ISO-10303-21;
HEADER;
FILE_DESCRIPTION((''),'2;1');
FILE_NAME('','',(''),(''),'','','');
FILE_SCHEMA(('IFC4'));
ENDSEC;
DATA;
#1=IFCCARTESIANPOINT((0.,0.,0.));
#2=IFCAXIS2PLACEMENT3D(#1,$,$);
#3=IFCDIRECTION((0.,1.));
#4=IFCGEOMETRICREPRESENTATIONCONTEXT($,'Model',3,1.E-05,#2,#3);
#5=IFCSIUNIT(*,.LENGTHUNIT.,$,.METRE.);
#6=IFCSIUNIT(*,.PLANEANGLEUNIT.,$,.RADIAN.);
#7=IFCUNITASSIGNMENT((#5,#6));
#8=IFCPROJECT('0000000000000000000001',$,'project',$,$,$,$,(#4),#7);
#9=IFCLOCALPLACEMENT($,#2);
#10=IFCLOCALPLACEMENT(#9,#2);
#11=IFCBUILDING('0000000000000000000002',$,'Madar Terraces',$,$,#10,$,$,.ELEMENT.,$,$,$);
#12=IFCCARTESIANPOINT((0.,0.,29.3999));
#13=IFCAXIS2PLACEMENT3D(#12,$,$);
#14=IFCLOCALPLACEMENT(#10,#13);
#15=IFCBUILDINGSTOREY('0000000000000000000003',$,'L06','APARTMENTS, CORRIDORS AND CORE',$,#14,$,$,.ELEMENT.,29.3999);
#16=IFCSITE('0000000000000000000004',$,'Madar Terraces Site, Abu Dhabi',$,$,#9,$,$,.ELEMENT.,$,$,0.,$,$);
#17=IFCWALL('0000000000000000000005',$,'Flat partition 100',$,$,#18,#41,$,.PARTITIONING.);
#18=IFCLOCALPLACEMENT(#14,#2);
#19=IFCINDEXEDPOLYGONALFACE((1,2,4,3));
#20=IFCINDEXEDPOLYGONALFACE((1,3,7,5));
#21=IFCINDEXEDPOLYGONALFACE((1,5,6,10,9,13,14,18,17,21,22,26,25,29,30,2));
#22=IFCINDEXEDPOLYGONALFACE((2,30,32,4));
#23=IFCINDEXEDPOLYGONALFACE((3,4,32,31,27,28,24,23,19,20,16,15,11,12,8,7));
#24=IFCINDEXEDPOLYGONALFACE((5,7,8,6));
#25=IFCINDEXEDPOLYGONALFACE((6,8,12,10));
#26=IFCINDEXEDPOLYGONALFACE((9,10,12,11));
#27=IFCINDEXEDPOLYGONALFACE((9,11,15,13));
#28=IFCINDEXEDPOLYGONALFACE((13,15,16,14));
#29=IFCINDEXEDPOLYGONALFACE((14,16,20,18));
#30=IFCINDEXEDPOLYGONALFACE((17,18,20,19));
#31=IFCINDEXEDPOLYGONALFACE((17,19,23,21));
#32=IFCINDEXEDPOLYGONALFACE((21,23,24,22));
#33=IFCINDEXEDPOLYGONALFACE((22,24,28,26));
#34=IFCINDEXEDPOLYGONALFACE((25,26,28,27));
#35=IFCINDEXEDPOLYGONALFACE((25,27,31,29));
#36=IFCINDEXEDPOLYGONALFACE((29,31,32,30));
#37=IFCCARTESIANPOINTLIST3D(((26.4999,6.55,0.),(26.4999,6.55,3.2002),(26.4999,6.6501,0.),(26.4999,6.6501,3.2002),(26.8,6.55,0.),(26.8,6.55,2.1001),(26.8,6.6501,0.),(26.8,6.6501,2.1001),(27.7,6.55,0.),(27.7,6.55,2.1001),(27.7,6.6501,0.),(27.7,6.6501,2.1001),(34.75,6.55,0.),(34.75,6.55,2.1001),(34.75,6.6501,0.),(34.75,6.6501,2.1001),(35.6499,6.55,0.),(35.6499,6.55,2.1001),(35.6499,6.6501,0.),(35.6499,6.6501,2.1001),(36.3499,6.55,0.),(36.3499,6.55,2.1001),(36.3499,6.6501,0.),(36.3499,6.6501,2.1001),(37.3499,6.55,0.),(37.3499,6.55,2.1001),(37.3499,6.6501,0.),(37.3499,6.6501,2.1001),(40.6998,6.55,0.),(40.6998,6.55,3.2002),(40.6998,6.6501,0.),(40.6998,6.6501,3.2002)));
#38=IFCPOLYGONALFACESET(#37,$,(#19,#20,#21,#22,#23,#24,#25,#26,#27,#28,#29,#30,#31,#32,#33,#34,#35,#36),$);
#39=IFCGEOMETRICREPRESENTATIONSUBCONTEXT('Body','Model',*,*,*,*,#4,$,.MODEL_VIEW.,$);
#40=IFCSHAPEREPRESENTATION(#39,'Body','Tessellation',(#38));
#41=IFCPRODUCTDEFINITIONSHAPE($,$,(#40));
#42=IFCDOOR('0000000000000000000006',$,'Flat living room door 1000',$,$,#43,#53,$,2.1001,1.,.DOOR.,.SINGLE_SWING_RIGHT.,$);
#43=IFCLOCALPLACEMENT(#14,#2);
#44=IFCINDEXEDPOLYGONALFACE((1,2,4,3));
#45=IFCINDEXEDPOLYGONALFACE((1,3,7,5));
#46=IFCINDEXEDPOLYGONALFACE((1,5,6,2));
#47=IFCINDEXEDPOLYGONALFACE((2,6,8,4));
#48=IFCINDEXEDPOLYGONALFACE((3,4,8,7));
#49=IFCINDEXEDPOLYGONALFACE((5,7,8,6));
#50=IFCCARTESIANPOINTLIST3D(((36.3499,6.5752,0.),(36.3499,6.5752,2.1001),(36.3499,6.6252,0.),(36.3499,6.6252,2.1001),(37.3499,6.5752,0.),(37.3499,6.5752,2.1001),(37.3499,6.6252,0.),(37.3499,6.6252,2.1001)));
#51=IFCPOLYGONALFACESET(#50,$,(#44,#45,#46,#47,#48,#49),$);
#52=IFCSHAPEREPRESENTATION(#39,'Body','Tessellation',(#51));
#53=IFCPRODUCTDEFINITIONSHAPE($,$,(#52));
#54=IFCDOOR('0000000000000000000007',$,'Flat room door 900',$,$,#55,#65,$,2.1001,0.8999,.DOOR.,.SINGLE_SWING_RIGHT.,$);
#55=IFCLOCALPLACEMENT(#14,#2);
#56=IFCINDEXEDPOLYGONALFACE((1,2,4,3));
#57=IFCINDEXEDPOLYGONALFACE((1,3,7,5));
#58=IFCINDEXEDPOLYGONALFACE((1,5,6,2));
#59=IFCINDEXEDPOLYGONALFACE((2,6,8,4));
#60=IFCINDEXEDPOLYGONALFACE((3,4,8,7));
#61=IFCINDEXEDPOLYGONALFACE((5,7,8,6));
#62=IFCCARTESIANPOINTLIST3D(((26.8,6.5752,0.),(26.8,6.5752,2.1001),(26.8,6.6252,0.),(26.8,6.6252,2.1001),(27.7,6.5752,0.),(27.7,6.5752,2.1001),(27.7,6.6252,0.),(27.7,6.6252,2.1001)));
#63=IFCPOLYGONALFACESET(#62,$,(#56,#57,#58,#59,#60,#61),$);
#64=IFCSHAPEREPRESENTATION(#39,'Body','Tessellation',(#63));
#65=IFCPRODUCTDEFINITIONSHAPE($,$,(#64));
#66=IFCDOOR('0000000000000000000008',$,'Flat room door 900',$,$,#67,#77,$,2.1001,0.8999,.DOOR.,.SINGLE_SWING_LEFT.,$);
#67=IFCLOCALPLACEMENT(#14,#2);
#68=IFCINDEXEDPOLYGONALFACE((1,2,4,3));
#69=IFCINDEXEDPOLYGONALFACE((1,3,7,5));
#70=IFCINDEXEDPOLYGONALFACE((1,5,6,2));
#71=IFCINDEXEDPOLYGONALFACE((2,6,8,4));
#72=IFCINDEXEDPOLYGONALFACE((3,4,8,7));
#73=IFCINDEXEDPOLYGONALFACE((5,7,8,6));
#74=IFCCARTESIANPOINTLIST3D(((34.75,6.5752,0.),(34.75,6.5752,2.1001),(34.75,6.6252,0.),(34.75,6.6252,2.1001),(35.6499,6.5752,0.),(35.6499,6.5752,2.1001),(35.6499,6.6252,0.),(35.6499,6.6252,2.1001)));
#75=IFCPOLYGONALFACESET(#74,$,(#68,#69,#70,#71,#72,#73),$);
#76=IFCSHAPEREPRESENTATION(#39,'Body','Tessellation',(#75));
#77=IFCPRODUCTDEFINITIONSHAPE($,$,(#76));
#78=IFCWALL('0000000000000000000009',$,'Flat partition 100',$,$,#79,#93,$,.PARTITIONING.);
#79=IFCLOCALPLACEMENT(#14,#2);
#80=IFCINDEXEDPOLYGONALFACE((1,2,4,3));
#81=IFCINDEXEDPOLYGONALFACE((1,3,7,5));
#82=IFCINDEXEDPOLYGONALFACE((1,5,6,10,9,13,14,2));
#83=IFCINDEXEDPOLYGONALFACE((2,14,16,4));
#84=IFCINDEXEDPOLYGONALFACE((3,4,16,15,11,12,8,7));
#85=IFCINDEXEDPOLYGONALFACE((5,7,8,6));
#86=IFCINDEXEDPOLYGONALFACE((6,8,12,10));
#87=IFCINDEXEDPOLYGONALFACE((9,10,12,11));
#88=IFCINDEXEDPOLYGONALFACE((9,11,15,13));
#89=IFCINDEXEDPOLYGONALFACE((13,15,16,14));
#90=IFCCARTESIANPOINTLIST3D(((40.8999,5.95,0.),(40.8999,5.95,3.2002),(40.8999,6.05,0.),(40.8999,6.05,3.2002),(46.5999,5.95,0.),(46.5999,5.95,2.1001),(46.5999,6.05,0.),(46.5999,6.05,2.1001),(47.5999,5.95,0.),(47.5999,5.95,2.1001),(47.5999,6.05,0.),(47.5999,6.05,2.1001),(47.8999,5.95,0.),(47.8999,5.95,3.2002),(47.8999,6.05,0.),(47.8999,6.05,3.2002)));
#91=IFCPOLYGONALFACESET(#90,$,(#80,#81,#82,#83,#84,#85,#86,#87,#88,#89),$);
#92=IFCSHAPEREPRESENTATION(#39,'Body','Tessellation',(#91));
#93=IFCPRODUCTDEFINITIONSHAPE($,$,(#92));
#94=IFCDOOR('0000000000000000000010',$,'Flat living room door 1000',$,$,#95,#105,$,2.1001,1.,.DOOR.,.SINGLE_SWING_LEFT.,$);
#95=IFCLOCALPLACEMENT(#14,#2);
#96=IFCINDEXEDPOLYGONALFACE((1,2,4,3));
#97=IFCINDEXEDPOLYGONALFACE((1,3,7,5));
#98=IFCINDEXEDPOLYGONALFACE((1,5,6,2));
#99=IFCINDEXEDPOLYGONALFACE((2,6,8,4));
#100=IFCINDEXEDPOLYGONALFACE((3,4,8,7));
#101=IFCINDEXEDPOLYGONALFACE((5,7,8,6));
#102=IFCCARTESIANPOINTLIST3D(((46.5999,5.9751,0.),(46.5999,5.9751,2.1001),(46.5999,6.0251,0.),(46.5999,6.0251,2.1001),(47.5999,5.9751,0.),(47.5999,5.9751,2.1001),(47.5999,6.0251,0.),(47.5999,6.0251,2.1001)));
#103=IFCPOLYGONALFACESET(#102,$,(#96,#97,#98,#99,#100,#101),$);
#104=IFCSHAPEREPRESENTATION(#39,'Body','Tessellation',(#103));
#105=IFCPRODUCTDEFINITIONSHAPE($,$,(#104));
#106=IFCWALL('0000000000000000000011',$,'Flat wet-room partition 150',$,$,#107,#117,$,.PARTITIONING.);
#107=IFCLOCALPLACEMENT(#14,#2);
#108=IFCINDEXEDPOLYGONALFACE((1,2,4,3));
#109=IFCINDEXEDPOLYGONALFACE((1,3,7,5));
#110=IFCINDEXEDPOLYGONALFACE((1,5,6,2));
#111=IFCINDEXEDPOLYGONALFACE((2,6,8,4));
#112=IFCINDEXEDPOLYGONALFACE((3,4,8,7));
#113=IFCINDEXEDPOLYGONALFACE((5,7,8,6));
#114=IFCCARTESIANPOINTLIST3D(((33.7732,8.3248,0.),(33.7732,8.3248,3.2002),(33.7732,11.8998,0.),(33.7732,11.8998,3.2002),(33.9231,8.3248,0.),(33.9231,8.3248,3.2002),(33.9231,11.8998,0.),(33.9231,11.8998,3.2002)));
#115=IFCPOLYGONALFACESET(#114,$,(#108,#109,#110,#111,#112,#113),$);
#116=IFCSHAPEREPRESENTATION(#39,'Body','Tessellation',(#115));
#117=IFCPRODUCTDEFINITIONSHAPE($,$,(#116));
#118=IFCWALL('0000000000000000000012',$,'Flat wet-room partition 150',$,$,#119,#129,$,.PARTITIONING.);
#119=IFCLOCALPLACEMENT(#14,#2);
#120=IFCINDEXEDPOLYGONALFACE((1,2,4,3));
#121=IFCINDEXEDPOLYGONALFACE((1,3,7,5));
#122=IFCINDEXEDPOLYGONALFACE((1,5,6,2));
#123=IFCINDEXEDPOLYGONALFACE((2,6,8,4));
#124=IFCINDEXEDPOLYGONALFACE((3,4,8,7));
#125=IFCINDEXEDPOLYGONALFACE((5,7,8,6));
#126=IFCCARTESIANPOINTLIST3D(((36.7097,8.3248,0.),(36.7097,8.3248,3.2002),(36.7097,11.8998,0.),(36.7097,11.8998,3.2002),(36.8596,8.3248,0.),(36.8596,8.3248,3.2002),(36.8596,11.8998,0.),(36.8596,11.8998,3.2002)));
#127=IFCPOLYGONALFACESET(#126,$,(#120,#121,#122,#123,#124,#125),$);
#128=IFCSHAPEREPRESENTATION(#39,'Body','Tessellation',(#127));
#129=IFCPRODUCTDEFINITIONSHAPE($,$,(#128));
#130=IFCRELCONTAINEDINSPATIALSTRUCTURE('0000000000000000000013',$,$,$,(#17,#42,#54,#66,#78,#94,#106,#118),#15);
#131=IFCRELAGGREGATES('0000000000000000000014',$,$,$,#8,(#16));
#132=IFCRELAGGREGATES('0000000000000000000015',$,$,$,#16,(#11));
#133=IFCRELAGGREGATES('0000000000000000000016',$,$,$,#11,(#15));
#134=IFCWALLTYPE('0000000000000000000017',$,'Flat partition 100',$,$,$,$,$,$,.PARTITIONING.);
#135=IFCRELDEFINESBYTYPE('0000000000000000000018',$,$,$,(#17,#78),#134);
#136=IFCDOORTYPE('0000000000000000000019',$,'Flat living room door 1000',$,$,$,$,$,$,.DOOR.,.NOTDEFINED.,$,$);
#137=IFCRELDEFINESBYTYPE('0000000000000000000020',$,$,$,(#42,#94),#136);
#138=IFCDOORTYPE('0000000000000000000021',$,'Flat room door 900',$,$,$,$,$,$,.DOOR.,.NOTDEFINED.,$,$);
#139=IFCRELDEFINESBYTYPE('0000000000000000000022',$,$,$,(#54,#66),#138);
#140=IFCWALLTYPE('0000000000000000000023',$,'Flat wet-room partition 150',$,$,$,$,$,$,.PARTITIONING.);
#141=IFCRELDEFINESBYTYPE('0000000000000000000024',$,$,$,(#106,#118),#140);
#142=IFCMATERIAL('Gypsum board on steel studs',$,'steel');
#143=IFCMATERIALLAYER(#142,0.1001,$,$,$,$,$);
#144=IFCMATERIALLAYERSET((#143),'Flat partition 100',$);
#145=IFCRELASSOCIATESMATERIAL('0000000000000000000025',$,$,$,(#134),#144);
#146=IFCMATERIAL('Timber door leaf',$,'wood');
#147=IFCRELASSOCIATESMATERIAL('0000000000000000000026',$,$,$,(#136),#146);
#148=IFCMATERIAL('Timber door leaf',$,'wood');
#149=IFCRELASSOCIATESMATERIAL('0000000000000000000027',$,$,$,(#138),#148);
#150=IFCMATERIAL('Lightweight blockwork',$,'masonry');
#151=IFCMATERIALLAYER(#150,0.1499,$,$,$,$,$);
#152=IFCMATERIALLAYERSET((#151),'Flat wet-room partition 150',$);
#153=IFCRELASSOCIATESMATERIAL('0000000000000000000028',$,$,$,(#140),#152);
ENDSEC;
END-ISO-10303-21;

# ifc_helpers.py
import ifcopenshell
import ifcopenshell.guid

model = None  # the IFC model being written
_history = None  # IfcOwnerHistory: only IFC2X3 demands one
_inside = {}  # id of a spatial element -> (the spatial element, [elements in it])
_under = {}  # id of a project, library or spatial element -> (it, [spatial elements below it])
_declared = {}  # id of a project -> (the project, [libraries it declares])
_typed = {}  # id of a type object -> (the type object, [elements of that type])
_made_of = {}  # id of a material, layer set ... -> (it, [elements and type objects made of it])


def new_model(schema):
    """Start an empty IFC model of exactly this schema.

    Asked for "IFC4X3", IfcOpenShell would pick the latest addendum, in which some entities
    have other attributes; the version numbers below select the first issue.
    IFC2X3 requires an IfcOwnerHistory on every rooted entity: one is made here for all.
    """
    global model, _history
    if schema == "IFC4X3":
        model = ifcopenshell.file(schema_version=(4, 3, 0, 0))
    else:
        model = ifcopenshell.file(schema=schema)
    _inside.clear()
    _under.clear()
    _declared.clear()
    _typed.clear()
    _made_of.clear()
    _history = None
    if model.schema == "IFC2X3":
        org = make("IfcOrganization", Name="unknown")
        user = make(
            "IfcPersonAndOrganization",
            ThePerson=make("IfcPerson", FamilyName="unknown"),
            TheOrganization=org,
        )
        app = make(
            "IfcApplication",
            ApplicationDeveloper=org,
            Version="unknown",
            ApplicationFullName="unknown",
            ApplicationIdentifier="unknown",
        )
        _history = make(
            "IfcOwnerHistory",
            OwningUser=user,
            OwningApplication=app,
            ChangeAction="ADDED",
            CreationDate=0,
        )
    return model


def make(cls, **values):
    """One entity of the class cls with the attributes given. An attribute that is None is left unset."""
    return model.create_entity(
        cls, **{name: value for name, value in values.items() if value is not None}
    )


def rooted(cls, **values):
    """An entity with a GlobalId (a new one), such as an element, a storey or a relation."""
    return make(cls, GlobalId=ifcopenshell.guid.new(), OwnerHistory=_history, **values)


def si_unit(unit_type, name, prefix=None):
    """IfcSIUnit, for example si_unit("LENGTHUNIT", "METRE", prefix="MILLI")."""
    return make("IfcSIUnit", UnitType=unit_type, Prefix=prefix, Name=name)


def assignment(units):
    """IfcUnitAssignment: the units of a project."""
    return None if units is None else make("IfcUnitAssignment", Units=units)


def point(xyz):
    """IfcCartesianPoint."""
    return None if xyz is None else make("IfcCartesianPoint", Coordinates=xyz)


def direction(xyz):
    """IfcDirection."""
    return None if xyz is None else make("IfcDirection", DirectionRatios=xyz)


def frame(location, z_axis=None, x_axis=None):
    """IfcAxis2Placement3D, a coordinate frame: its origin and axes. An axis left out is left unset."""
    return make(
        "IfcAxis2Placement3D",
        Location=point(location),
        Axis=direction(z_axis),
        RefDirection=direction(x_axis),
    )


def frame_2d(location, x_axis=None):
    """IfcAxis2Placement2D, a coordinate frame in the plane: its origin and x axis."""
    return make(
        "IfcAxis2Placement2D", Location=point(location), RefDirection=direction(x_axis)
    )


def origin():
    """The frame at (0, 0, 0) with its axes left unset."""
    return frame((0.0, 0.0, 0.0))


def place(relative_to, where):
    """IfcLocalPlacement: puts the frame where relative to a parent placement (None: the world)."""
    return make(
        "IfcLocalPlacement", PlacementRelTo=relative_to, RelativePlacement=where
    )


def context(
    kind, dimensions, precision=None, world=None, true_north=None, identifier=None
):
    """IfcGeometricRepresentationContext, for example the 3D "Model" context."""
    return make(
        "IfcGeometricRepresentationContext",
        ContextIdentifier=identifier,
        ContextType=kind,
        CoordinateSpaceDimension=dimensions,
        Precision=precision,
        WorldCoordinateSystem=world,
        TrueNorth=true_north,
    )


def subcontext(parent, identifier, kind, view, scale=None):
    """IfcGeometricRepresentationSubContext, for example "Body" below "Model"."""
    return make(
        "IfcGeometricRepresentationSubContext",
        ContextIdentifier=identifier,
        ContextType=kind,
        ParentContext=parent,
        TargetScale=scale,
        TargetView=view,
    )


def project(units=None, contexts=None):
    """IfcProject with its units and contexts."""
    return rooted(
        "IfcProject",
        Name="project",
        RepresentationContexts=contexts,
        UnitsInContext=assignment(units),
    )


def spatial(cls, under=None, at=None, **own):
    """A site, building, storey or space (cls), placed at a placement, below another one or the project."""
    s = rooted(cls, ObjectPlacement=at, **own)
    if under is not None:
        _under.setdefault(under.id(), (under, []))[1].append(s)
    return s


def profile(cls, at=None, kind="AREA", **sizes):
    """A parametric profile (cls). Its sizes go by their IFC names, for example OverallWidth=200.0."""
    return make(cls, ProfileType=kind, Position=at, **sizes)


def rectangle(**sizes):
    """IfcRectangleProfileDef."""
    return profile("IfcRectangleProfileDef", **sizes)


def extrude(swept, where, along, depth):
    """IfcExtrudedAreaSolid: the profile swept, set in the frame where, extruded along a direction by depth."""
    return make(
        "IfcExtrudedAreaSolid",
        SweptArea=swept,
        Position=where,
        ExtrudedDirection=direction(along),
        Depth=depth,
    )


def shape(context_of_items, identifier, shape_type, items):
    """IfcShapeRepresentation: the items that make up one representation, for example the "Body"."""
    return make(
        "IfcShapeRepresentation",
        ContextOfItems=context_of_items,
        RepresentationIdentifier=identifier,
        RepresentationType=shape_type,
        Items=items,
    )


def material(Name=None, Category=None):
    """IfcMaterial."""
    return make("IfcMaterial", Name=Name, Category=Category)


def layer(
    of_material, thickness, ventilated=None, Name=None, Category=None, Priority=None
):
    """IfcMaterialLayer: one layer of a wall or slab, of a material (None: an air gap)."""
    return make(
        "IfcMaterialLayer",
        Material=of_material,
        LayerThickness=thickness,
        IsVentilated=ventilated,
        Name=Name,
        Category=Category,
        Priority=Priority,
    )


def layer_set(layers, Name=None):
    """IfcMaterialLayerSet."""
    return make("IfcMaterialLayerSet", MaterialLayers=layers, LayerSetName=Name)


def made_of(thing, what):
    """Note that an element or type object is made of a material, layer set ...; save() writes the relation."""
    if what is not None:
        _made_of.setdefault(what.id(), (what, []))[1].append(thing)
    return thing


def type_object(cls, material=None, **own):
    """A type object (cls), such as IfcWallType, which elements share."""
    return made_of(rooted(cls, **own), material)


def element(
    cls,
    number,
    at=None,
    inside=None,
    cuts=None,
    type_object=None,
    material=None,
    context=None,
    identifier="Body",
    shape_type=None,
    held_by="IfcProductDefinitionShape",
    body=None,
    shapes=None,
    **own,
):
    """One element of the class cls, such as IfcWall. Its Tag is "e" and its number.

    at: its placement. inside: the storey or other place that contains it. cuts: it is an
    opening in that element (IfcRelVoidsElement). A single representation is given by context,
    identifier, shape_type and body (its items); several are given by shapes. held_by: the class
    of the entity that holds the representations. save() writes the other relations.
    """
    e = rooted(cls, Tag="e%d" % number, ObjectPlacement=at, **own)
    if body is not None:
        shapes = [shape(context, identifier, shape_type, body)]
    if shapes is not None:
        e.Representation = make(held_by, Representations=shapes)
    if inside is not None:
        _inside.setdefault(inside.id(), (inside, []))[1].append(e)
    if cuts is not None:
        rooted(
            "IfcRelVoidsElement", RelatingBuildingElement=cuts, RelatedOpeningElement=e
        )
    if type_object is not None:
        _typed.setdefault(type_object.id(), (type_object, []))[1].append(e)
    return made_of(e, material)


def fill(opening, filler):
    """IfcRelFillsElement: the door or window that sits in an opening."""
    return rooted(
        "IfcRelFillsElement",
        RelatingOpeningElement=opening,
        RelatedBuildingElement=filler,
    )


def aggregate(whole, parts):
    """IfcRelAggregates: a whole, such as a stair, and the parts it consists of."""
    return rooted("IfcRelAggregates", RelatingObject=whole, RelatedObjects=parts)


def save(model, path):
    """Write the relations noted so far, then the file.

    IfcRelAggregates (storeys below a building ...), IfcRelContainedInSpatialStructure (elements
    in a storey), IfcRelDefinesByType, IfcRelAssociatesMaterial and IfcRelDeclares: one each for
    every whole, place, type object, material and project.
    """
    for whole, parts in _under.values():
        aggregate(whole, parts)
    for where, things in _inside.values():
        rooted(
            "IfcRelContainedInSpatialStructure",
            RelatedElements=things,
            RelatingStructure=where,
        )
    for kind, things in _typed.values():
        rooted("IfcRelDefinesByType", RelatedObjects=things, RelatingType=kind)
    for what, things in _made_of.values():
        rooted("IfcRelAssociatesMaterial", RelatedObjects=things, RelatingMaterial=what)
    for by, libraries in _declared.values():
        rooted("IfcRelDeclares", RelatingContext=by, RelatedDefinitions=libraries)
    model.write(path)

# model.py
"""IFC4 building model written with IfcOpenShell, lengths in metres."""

from ifc_helpers import new_model, si_unit, direction, frame, frame_2d, origin, place, context, subcontext, project, spatial, rectangle, extrude, material, layer, layer_set, type_object, element, fill, save


model = new_model("IFC4")

# Units and contexts
model_context = context("Model", 3, precision=1e-05, world=origin(), true_north=direction((0.0, 1.0)))
body_context = subcontext(model_context, "Body", "Model", "MODEL_VIEW")
ifc_project = project(units=[si_unit("LENGTHUNIT", "METRE"), si_unit("PLANEANGLEUNIT", "RADIAN")], contexts=[model_context])

# Site, building, storey
site_placement = place(None, origin())
site = spatial("IfcSite", under=ifc_project, at=site_placement, Name="Madar Terraces Site, Abu Dhabi", CompositionType="ELEMENT", RefElevation=0.0)
building_placement = place(site_placement, origin())
building = spatial("IfcBuilding", under=site, at=building_placement, Name="Madar Terraces", CompositionType="ELEMENT")
storey_placement = place(building_placement, frame((0.0, 0.0, 29.3999)))
storey = spatial("IfcBuildingStorey", under=building, at=storey_placement, Name="L06", Description="APARTMENTS, CORRIDORS AND CORE", CompositionType="ELEMENT", Elevation=29.3999)

# Shared definitions
ifc_material_1 = material(Name="Gypsum board on steel studs", Category="steel")
ifc_layer_1 = layer(ifc_material_1, 0.1001)
ifc_layer_set_1 = layer_set([ifc_layer_1], Name="Flat partition 100")
wall_type_1 = type_object("IfcWallType", Name="Flat partition 100", PredefinedType="PARTITIONING", material=ifc_layer_set_1)

# Wall, openings, doors
wall_1_placement = place(storey_placement, frame((40.7, 6.6001, 0.0), z_axis=(0.0, 0.0, 1.0), x_axis=(-1.0, 0.0, 0.0)))
wall_1 = element("IfcWall", 1, at=wall_1_placement, inside=storey, type_object=wall_type_1, Name="Flat partition 100", PredefinedType="PARTITIONING", context=body_context, shape_type="SweptSolid", body=[
    extrude(rectangle(XDim=14.2, YDim=0.1001, at=frame_2d((7.1001, 0.0))), origin(), (0.0, 0.0, 1.0), 3.2002),
])
opening_1_placement = place(wall_1_placement, frame((13.0, 0.0, 0.0)))
opening_1 = element("IfcOpeningElement", 2, at=opening_1_placement, cuts=wall_1, PredefinedType="OPENING", context=body_context, shape_type="SweptSolid", body=[
    extrude(rectangle(XDim=0.8999, YDim=2.1001, at=frame_2d((0.45, 1.05))), frame((0.0, 0.0601, 0.0), z_axis=(0.0, -1.0, 0.0), x_axis=(1.0, 0.0, 0.0)), (0.0, 0.0, 1.0), 0.1201),
])
opening_2_placement = place(wall_1_placement, frame((5.05, 0.0, 0.0)))
opening_2 = element("IfcOpeningElement", 3, at=opening_2_placement, cuts=wall_1, PredefinedType="OPENING", context=body_context, shape_type="SweptSolid", body=[
    extrude(rectangle(XDim=0.8999, YDim=2.1001, at=frame_2d((0.45, 1.05))), frame((0.0, 0.0601, 0.0), z_axis=(0.0, -1.0, 0.0), x_axis=(1.0, 0.0, 0.0)), (0.0, 0.0, 1.0), 0.1201),
])
opening_3_placement = place(wall_1_placement, frame((3.3501, 0.0, 0.0)))
opening_3 = element("IfcOpeningElement", 4, at=opening_3_placement, cuts=wall_1, PredefinedType="OPENING", context=body_context, shape_type="SweptSolid", body=[
    extrude(rectangle(XDim=1.0, YDim=2.1001, at=frame_2d((0.5, 1.05))), frame((0.0, 0.0601, 0.0), z_axis=(0.0, -1.0, 0.0), x_axis=(1.0, 0.0, 0.0)), (0.0, 0.0, 1.0), 0.1201),
])
ifc_material_2 = material(Name="Timber door leaf", Category="wood")
door_type_1 = type_object("IfcDoorType", Name="Flat living room door 1000", OperationType="NOTDEFINED", PredefinedType="DOOR", material=ifc_material_2)
door_1_placement = place(opening_3_placement, origin())
door_1 = element("IfcDoor", 5, at=door_1_placement, inside=storey, type_object=door_type_1, Name="Flat living room door 1000", OperationType="SINGLE_SWING_RIGHT", OverallHeight=2.1001, OverallWidth=1.0, PredefinedType="DOOR", context=body_context, shape_type="SweptSolid", body=[
    extrude(rectangle(XDim=1.0, YDim=2.1001, at=frame_2d((0.5, 1.05))), frame((0.0, 0.0249, 0.0), z_axis=(0.0, -1.0, 0.0), x_axis=(1.0, 0.0, 0.0)), (0.0, 0.0, 1.0), 0.05),
])
fill(opening_3, door_1)
ifc_material_3 = material(Name="Timber door leaf", Category="wood")
door_type_2 = type_object("IfcDoorType", Name="Flat room door 900", OperationType="NOTDEFINED", PredefinedType="DOOR", material=ifc_material_3)
door_2_placement = place(opening_1_placement, origin())
door_2 = element("IfcDoor", 6, at=door_2_placement, inside=storey, type_object=door_type_2, Name="Flat room door 900", OperationType="SINGLE_SWING_RIGHT", OverallHeight=2.1001, OverallWidth=0.8999, PredefinedType="DOOR", context=body_context, shape_type="SweptSolid", body=[
    extrude(rectangle(XDim=0.8999, YDim=2.1001, at=frame_2d((0.45, 1.05))), frame((0.0, 0.0249, 0.0), z_axis=(0.0, -1.0, 0.0), x_axis=(1.0, 0.0, 0.0)), (0.0, 0.0, 1.0), 0.05),
])
fill(opening_1, door_2)
door_3_placement = place(opening_2_placement, origin())
door_3 = element("IfcDoor", 7, at=door_3_placement, inside=storey, type_object=door_type_2, Name="Flat room door 900", OperationType="SINGLE_SWING_LEFT", OverallHeight=2.1001, OverallWidth=0.8999, PredefinedType="DOOR", context=body_context, shape_type="SweptSolid", body=[
    extrude(rectangle(XDim=0.8999, YDim=2.1001, at=frame_2d((0.45, 1.05))), frame((0.0, 0.0249, 0.0), z_axis=(0.0, -1.0, 0.0), x_axis=(1.0, 0.0, 0.0)), (0.0, 0.0, 1.0), 0.05),
])
fill(opening_2, door_3)

# Wall, opening, door
wall_2_placement = place(storey_placement, frame((47.8999, 6.0, 0.0), z_axis=(0.0, 0.0, 1.0), x_axis=(-1.0, 0.0, 0.0)))
wall_2 = element("IfcWall", 8, at=wall_2_placement, inside=storey, type_object=wall_type_1, Name="Flat partition 100", PredefinedType="PARTITIONING", context=body_context, shape_type="SweptSolid", body=[
    extrude(rectangle(XDim=7.0, YDim=0.1001, at=frame_2d((3.5, 0.0))), origin(), (0.0, 0.0, 1.0), 3.2002),
])
opening_4_placement = place(wall_2_placement, frame((0.3, 0.0, 0.0)))
opening_4 = element("IfcOpeningElement", 9, at=opening_4_placement, cuts=wall_2, PredefinedType="OPENING", context=body_context, shape_type="SweptSolid", body=[
    extrude(rectangle(XDim=1.0, YDim=2.1001, at=frame_2d((0.5, 1.05))), frame((0.0, 0.0601, 0.0), z_axis=(0.0, -1.0, 0.0), x_axis=(1.0, 0.0, 0.0)), (0.0, 0.0, 1.0), 0.1201),
])
door_4_placement = place(opening_4_placement, origin())
door_4 = element("IfcDoor", 10, at=door_4_placement, inside=storey, type_object=door_type_1, Name="Flat living room door 1000", OperationType="SINGLE_SWING_LEFT", OverallHeight=2.1001, OverallWidth=1.0, PredefinedType="DOOR", context=body_context, shape_type="SweptSolid", body=[
    extrude(rectangle(XDim=1.0, YDim=2.1001, at=frame_2d((0.5, 1.05))), frame((0.0, 0.0249, 0.0), z_axis=(0.0, -1.0, 0.0), x_axis=(1.0, 0.0, 0.0)), (0.0, 0.0, 1.0), 0.05),
])
fill(opening_4, door_4)

# Walls
ifc_material_4 = material(Name="Lightweight blockwork", Category="masonry")
ifc_layer_2 = layer(ifc_material_4, 0.1499)
ifc_layer_set_2 = layer_set([ifc_layer_2], Name="Flat wet-room partition 150")
wall_type_2 = type_object("IfcWallType", Name="Flat wet-room partition 150", PredefinedType="PARTITIONING", material=ifc_layer_set_2)
for number, where, z_axis, x_axis, name in (
    (11, (33.8481, 11.8999, 0.0), (0.0, 0.0, 1.0), (0.0, -1.0, 0.0), "Flat wet-room partition 150"),
    (12, (36.7847, 11.8999, 0.0), (0.0, 0.0, 1.0), (0.0, -1.0, 0.0), "Flat wet-room partition 150"),
):
    element("IfcWall", number, at=place(storey_placement, frame(where, z_axis=z_axis, x_axis=x_axis)), inside=storey, type_object=wall_type_2, Name=name, PredefinedType="PARTITIONING", context=body_context, shape_type="SweptSolid", body=[
        extrude(rectangle(XDim=3.575, YDim=0.1499, at=frame_2d((1.7876, 0.0))), origin(), (0.0, 0.0, 1.0), 3.2002),
    ])

save(model, "model.ifc")
